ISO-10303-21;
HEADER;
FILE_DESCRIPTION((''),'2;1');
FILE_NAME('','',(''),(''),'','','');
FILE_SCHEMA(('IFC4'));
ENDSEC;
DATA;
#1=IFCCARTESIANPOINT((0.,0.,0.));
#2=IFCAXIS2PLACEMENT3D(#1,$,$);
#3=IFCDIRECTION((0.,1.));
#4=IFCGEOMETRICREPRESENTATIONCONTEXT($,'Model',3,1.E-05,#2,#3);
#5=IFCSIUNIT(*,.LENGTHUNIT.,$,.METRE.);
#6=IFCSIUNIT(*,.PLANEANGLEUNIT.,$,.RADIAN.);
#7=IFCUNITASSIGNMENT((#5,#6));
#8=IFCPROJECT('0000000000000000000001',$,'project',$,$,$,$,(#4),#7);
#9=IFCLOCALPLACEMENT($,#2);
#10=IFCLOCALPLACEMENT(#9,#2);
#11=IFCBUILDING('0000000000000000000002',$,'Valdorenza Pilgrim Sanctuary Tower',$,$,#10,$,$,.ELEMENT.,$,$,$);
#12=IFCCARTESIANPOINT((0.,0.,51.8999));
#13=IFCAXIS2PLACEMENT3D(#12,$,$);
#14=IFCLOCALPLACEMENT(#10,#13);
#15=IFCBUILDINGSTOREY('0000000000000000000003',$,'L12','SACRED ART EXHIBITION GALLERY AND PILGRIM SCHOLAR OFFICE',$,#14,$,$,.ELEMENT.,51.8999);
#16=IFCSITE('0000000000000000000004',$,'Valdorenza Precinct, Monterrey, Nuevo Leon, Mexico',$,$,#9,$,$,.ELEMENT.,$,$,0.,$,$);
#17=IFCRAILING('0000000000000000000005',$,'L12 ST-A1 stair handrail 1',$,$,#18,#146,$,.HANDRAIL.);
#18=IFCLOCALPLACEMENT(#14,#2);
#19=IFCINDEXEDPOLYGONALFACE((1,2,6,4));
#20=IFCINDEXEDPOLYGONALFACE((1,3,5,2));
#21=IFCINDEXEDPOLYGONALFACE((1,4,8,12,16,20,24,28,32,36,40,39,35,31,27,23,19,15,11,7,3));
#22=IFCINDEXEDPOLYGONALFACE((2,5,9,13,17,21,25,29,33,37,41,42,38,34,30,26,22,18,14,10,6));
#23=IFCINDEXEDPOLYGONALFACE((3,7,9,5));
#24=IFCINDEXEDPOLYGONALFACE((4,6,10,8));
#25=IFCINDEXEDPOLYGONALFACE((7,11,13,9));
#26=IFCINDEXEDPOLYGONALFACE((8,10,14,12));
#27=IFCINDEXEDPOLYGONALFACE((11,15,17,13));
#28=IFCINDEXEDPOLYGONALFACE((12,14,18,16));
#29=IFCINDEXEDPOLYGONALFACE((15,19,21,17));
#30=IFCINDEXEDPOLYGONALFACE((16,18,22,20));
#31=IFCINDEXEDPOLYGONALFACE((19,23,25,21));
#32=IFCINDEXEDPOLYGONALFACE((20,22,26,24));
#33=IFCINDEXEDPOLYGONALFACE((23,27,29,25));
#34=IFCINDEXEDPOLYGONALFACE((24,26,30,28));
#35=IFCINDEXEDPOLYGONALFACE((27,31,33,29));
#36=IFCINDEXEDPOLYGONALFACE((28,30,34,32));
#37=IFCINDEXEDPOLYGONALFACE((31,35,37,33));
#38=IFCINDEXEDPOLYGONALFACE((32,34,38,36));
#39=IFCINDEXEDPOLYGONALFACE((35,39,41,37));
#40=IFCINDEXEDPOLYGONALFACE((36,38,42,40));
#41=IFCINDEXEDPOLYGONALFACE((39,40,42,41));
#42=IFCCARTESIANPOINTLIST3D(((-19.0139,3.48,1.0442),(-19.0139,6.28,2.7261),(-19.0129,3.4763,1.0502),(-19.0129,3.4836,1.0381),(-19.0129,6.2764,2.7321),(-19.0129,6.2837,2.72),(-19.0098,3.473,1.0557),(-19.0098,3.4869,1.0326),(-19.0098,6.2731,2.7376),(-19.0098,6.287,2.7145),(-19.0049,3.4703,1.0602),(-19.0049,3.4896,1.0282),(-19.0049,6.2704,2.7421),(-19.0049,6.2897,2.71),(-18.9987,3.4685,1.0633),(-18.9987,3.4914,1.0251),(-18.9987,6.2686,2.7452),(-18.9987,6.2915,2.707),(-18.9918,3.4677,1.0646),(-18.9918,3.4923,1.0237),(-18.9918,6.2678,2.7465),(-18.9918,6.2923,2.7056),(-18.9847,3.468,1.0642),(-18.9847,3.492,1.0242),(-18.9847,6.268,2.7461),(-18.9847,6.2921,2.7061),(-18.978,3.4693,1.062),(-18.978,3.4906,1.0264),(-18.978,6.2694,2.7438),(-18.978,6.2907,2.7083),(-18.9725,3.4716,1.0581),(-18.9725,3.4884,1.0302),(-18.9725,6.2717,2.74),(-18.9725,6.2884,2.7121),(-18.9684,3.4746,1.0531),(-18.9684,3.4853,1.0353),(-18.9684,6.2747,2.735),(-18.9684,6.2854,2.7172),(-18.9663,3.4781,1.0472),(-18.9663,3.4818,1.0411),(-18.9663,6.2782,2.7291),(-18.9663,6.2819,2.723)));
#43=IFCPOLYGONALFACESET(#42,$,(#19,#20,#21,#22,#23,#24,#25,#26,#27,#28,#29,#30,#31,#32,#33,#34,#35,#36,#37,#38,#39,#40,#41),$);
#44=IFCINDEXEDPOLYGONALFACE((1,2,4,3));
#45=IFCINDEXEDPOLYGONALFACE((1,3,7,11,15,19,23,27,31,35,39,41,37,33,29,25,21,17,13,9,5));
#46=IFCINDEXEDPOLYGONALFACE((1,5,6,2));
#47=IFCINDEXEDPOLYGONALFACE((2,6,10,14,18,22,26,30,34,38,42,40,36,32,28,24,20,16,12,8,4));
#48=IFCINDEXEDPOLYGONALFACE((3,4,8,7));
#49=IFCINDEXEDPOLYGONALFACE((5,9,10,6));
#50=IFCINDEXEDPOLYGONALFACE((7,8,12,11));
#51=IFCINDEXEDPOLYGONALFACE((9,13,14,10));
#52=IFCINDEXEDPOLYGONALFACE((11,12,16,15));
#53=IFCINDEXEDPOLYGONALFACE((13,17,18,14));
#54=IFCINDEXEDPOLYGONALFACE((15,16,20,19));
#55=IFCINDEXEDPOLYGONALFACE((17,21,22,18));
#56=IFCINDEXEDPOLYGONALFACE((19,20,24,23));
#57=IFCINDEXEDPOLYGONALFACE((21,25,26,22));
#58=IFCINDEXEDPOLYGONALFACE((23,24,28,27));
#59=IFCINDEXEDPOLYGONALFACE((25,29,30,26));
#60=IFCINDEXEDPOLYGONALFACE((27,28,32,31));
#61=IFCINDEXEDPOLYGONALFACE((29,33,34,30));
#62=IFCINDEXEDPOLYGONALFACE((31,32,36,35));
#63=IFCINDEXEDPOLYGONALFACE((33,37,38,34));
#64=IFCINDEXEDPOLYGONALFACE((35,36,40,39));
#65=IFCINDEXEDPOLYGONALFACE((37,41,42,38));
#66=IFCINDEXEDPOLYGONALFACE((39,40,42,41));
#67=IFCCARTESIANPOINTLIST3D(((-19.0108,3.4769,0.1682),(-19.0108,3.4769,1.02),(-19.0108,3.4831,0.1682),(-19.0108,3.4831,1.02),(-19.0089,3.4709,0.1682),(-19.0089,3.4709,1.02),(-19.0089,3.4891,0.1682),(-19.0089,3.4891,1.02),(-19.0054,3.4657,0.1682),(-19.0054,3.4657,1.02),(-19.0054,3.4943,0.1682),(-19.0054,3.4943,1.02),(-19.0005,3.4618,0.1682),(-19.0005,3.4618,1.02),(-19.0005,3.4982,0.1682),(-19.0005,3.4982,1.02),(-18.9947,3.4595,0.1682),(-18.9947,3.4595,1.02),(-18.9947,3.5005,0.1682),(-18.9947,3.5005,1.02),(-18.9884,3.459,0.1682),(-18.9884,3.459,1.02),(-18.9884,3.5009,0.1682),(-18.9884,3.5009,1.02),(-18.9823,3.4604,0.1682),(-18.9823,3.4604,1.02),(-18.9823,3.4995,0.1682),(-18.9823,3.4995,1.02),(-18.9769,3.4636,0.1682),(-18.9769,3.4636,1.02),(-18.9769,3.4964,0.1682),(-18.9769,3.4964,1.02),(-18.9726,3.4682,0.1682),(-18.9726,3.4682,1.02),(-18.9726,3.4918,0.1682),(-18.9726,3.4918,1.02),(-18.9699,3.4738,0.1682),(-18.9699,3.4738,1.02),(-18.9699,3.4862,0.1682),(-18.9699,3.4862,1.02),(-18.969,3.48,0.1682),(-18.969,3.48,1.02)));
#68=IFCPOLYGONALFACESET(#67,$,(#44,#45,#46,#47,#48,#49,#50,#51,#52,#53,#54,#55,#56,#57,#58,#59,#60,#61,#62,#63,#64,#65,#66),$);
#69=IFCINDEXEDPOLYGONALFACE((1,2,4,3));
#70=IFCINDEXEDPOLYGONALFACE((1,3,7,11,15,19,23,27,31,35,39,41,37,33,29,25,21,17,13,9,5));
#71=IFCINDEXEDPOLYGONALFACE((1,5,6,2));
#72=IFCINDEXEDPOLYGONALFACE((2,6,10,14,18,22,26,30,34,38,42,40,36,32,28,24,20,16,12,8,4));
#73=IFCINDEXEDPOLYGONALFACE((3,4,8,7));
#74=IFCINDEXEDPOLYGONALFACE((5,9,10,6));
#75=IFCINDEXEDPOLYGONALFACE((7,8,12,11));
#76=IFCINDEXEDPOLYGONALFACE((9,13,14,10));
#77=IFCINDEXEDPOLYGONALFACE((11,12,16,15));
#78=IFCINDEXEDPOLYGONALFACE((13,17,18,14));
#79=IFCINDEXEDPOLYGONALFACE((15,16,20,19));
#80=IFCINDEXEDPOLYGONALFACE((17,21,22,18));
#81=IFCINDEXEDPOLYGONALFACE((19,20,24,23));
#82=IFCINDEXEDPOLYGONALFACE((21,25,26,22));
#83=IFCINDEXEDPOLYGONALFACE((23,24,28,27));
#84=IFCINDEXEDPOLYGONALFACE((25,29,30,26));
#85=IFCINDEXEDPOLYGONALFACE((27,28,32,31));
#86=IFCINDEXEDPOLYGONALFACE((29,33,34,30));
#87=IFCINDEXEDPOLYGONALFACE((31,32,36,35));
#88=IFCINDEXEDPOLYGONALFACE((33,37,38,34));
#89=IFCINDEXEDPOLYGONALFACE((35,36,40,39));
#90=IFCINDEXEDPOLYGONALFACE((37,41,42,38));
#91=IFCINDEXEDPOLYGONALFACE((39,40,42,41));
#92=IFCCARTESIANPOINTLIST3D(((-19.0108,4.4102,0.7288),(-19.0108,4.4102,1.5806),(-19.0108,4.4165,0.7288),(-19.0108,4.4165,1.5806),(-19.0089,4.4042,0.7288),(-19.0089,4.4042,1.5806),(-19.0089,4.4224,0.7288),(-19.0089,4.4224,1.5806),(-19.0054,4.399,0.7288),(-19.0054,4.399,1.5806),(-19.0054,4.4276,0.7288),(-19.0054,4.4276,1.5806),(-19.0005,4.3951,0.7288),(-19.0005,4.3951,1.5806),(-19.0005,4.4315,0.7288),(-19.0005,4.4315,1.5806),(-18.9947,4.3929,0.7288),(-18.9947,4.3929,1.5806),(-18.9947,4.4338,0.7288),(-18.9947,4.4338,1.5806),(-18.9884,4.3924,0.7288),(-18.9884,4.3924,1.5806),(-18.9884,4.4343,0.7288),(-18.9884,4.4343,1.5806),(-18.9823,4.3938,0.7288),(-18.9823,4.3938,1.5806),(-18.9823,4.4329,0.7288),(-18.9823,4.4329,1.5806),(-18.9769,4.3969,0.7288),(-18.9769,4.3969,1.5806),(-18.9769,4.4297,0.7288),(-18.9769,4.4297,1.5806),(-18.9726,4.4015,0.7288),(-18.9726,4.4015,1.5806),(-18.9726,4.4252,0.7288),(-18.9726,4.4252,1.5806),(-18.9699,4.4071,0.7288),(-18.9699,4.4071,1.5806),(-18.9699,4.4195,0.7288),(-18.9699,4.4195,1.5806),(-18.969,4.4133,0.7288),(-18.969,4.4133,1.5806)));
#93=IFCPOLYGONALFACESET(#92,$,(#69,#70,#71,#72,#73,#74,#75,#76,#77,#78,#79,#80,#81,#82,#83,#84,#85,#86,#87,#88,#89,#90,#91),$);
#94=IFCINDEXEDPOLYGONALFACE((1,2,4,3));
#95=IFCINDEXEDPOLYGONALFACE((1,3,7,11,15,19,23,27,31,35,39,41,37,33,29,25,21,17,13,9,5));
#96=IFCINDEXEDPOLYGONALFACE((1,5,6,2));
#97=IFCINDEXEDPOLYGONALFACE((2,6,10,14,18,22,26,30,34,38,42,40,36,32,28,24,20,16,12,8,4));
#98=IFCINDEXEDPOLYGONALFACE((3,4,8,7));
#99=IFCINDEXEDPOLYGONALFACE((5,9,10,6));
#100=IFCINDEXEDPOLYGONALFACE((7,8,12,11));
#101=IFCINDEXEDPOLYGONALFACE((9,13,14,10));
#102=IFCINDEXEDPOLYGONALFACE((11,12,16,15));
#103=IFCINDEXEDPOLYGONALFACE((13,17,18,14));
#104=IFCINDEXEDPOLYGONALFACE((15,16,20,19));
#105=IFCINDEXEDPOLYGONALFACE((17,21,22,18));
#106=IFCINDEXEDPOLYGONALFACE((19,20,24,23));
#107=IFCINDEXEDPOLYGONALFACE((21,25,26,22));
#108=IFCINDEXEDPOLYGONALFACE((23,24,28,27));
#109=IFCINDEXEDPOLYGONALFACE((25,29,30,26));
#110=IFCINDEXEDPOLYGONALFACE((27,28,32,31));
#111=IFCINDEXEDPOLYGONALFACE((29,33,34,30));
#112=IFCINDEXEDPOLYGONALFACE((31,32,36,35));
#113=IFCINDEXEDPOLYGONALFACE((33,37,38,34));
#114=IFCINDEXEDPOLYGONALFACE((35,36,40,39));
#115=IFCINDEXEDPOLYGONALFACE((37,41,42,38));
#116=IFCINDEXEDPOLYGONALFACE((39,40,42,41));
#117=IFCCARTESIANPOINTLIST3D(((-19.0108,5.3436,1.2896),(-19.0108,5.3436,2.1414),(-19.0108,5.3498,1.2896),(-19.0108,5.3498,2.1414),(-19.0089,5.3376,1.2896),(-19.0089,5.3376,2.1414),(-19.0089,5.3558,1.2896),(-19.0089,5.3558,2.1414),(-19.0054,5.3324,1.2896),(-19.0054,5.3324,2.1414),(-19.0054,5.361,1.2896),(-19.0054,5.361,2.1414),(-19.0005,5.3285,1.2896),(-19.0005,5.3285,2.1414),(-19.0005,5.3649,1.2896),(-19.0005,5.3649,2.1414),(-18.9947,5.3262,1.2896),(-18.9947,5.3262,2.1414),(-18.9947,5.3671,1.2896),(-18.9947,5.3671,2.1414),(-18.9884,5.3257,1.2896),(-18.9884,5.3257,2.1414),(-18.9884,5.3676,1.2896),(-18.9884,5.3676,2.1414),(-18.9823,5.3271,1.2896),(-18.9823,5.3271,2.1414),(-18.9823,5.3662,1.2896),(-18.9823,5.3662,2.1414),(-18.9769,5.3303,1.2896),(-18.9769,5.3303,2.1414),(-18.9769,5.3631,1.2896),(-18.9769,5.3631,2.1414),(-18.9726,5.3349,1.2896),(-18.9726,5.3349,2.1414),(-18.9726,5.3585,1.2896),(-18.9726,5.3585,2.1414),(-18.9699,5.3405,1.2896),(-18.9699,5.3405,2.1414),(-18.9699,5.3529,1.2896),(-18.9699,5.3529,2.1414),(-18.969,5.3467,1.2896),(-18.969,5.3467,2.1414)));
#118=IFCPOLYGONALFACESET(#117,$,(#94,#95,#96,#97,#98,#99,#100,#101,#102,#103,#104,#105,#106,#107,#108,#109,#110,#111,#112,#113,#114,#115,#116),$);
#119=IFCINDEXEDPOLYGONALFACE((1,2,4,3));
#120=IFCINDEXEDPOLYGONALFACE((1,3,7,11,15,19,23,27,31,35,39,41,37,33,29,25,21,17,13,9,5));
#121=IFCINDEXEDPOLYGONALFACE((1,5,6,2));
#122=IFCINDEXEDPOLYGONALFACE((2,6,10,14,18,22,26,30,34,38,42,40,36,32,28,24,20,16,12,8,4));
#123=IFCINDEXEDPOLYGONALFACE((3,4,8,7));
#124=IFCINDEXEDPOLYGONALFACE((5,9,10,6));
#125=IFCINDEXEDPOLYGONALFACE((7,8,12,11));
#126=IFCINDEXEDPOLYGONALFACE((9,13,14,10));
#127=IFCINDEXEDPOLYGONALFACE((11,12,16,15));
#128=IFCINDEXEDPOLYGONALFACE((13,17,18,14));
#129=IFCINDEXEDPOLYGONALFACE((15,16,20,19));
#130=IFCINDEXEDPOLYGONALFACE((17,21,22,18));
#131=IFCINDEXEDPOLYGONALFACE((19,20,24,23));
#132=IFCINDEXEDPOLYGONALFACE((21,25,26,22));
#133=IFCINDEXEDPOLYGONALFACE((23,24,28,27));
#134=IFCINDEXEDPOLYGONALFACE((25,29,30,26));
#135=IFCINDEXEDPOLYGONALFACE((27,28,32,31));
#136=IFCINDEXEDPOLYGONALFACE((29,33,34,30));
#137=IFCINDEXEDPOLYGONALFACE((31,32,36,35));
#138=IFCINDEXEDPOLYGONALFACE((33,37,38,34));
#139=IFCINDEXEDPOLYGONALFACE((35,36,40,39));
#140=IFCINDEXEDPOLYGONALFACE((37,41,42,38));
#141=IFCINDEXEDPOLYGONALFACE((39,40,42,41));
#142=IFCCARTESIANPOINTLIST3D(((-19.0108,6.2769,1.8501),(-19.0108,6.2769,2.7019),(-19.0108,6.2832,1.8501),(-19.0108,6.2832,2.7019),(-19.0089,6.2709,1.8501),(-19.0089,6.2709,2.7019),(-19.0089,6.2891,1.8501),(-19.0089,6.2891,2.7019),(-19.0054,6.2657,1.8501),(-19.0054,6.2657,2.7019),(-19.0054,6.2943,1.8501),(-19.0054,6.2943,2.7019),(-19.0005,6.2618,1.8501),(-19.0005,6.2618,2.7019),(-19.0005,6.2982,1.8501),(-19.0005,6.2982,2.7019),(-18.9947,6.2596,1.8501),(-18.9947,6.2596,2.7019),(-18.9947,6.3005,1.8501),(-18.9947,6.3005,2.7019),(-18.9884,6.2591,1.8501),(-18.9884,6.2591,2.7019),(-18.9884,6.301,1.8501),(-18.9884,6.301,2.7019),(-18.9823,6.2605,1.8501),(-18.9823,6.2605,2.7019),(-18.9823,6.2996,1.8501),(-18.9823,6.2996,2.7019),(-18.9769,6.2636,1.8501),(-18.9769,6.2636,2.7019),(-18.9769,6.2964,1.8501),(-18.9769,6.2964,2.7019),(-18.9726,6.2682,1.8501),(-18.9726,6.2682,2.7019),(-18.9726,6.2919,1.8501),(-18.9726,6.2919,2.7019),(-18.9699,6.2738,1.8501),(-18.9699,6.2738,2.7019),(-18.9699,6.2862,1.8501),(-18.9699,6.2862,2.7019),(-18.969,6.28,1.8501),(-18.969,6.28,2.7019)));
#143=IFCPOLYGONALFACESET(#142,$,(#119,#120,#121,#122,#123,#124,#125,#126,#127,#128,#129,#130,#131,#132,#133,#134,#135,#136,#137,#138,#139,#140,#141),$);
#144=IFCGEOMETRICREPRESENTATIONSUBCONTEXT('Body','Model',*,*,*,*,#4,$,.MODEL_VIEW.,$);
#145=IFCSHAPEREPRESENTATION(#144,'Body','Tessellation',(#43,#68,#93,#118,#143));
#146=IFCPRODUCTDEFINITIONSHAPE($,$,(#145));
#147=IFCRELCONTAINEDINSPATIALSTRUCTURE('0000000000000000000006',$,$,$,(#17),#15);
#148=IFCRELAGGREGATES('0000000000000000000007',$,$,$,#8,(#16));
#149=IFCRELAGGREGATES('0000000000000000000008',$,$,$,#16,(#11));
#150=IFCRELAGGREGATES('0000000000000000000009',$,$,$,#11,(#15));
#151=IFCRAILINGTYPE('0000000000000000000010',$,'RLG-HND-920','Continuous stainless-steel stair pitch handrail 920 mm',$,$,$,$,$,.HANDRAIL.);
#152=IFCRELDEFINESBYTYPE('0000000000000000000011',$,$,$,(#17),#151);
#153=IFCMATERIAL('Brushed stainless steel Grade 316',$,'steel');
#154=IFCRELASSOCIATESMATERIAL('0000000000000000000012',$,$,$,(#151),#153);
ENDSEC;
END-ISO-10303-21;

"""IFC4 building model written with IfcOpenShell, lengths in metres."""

from ifc_helpers import new_model, si_unit, direction, frame, origin, origin_2d, place, context, subcontext, project, spatial, circle, extrude, material, type_object, element, save


model = new_model("IFC4")

# Units and contexts
model_context = context("Model", 3, precision=1e-05, world=origin(), true_north=direction((0.0, 1.0)))
body_context = subcontext(model_context, "Body", "Model", "MODEL_VIEW")
ifc_project = project(units=[si_unit("LENGTHUNIT", "METRE"), si_unit("PLANEANGLEUNIT", "RADIAN")], contexts=[model_context])

# Site, building, storey
site_placement = place(None, origin())
site = spatial("IfcSite", under=ifc_project, at=site_placement, Name="Valdorenza Precinct, Monterrey, Nuevo Leon, Mexico", CompositionType="ELEMENT", RefElevation=0.0)
building_placement = place(site_placement, origin())
building = spatial("IfcBuilding", under=site, at=building_placement, Name="Valdorenza Pilgrim Sanctuary Tower", CompositionType="ELEMENT")
storey_placement = place(building_placement, frame((0.0, 0.0, 51.8999)))
storey = spatial("IfcBuildingStorey", under=building, at=storey_placement, Name="L12", Description="SACRED ART EXHIBITION GALLERY AND PILGRIM SCHOLAR OFFICE", CompositionType="ELEMENT", Elevation=51.8999)

# Shared definitions
ifc_material_1 = material(Name="Brushed stainless steel Grade 316", Category="steel")

# Railing
railing_type_1 = type_object("IfcRailingType", Name="RLG-HND-920", Description="Continuous stainless-steel stair pitch handrail 920 mm", PredefinedType="HANDRAIL", material=ifc_material_1)
railing_1_placement = place(storey_placement, frame((-18.99, 3.48, 0.1682)))
element("IfcRailing", 1, at=railing_1_placement, inside=storey, type_object=railing_type_1, Name="L12 ST-A1 stair handrail 1", PredefinedType="HANDRAIL", context=body_context, shape_type="SweptSolid", body=[
    extrude(circle(Radius=0.0239, at=origin_2d()), frame((0.0, 0.0, 0.876), z_axis=(0.0, 0.857242, 0.514913), x_axis=(-1.0, 0.0, 0.0)), (0.0, 0.0, 1.0), 3.2664),
    extrude(circle(Radius=0.021, at=origin_2d()), origin(), (0.0, 0.0, 1.0), 0.8518),
    extrude(circle(Radius=0.021, at=origin_2d()), frame((0.0, 0.9333, 0.5605)), (0.0, 0.0, 1.0), 0.8518),
    extrude(circle(Radius=0.021, at=origin_2d()), frame((0.0, 1.8667, 1.1213)), (0.0, 0.0, 1.0), 0.8518),
    extrude(circle(Radius=0.021, at=origin_2d()), frame((0.0, 2.8, 1.6819)), (0.0, 0.0, 1.0), 0.8518),
])

save(model, "model.ifc")
